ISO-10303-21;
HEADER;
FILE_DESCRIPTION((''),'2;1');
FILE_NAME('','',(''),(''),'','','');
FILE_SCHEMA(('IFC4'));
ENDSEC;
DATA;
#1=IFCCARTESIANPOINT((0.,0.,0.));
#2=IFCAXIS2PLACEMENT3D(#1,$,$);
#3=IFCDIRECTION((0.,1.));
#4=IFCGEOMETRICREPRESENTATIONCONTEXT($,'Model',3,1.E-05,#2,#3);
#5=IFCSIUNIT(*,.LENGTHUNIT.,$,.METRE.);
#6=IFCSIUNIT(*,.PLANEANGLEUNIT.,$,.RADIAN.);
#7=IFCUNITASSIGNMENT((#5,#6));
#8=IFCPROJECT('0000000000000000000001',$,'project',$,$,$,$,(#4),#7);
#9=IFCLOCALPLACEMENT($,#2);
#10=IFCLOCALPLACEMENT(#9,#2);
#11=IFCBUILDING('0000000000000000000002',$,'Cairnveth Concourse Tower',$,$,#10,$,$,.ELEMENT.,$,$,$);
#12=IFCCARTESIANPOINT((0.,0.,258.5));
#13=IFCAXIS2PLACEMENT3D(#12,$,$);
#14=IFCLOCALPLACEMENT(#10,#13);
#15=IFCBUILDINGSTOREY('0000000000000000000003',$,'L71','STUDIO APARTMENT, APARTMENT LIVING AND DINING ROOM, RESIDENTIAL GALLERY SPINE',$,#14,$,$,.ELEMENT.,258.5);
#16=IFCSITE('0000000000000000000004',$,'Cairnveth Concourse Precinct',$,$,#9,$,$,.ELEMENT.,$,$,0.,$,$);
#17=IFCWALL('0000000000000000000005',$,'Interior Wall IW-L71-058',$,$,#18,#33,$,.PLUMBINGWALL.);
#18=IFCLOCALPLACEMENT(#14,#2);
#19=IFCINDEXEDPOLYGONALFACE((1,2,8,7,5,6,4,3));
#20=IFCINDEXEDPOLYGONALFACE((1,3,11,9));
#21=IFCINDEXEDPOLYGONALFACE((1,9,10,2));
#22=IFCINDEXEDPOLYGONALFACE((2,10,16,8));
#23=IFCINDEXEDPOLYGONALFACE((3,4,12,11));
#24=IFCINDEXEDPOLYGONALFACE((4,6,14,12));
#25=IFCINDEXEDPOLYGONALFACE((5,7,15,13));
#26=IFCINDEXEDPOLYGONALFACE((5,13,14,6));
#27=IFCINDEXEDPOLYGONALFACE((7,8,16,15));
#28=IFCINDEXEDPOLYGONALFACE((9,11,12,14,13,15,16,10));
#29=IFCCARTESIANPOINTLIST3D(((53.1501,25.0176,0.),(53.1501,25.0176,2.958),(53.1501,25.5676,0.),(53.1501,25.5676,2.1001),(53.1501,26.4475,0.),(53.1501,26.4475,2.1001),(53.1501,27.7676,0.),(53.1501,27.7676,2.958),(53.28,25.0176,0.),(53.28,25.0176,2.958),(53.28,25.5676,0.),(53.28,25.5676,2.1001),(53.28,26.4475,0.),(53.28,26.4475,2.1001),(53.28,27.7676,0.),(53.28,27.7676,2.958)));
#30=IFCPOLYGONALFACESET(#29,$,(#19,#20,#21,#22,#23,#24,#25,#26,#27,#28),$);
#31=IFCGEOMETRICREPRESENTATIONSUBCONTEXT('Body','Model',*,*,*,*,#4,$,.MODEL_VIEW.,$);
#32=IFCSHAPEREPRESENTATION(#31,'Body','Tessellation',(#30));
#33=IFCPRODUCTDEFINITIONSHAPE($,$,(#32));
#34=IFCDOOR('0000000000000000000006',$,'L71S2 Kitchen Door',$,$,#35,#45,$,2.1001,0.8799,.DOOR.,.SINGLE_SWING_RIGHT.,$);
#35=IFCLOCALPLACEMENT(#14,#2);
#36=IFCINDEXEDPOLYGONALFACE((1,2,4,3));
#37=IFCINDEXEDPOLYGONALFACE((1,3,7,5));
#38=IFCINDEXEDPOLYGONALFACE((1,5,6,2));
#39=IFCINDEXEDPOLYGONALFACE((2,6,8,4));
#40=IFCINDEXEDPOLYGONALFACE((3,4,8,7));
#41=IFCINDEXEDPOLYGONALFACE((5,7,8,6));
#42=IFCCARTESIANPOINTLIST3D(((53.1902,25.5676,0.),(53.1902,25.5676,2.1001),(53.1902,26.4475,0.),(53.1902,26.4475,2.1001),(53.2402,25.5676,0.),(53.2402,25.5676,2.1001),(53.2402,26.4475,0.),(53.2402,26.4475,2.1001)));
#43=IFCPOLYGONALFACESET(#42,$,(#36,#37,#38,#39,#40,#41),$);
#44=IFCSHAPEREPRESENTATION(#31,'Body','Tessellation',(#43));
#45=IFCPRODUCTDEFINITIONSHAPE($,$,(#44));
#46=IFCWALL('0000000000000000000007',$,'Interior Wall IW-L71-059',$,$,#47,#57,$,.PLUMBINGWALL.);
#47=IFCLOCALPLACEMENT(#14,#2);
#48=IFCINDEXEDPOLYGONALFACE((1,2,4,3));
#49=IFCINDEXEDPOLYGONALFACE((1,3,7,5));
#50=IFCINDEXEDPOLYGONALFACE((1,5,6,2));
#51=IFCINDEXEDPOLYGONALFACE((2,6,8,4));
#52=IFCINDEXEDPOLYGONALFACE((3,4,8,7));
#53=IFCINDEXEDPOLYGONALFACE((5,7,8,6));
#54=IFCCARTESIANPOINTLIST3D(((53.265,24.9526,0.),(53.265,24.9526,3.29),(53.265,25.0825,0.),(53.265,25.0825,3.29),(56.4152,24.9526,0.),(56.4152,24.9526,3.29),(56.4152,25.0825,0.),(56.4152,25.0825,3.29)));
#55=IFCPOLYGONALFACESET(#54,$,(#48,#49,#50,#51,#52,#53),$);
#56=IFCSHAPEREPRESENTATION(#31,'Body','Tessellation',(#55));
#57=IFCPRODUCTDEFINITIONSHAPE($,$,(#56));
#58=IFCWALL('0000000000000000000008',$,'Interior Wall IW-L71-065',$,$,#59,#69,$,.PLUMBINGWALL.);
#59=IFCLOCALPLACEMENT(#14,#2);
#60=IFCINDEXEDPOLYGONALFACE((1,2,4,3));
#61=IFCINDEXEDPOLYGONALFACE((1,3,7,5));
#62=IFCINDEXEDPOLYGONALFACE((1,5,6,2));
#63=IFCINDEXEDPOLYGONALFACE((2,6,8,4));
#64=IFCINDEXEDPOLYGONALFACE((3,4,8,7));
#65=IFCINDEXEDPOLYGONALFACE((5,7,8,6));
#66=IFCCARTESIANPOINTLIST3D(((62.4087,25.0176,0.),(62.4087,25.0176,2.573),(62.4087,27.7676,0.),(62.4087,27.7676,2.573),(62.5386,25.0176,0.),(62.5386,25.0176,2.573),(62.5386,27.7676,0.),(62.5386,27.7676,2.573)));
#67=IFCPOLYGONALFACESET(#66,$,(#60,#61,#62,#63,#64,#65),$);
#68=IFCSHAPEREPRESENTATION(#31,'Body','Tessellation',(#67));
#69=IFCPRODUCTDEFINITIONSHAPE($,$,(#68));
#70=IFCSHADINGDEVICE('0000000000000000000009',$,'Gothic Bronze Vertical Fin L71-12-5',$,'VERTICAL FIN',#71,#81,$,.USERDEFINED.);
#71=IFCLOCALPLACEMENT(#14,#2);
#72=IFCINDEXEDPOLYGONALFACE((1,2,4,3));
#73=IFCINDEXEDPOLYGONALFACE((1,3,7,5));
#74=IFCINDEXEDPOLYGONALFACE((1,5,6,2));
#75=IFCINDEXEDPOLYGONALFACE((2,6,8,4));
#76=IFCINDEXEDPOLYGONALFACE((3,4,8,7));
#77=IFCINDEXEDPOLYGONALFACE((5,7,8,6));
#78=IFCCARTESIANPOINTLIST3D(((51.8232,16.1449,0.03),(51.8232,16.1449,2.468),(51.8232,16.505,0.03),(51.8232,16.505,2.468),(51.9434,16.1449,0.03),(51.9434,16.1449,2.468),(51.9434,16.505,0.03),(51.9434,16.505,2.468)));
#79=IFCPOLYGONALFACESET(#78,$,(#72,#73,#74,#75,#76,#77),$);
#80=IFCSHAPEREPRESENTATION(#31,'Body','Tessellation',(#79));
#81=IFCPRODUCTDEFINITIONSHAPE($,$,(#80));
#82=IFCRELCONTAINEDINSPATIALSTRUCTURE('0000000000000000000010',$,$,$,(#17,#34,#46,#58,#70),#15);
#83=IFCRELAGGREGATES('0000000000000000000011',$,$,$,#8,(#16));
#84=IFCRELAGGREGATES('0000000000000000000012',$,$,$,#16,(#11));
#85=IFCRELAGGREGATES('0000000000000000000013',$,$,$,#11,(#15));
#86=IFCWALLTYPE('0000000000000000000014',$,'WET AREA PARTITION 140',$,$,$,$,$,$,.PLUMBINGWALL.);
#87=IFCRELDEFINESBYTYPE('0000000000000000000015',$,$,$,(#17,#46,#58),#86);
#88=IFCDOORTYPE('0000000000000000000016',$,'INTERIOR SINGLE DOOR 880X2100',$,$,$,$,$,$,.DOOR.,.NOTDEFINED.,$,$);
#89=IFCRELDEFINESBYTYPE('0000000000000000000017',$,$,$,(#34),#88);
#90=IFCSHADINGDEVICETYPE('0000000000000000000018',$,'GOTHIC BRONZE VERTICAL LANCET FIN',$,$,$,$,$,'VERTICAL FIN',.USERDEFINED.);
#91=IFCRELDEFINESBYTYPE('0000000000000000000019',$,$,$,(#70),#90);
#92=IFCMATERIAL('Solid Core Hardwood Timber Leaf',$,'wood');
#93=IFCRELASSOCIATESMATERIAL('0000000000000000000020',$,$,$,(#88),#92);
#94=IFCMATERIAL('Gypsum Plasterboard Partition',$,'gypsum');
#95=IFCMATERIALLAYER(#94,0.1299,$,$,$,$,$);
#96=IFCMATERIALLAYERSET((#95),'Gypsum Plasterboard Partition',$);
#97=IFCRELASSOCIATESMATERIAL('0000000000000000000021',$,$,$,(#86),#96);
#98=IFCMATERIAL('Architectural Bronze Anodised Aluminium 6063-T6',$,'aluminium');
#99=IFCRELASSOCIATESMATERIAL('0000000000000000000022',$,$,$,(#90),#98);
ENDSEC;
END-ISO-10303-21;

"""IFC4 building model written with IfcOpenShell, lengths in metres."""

from ifc_helpers import new_model, si_unit, direction, frame, frame_2d, origin, origin_2d, place, context, subcontext, project, spatial, rectangle, extrude, material, layer, layer_set, type_object, element, fill, save


model = new_model("IFC4")

# Units and contexts
model_context = context("Model", 3, precision=1e-05, world=origin(), true_north=direction((0.0, 1.0)))
body_context = subcontext(model_context, "Body", "Model", "MODEL_VIEW")
ifc_project = project(units=[si_unit("LENGTHUNIT", "METRE"), si_unit("PLANEANGLEUNIT", "RADIAN")], contexts=[model_context])

# Site, building, storey
site_placement = place(None, origin())
site = spatial("IfcSite", under=ifc_project, at=site_placement, Name="Cairnveth Concourse Precinct", CompositionType="ELEMENT", RefElevation=0.0)
building_placement = place(site_placement, origin())
building = spatial("IfcBuilding", under=site, at=building_placement, Name="Cairnveth Concourse Tower", CompositionType="ELEMENT")
storey_placement = place(building_placement, frame((0.0, 0.0, 258.5)))
storey = spatial("IfcBuildingStorey", under=building, at=storey_placement, Name="L71", Description="STUDIO APARTMENT, APARTMENT LIVING AND DINING ROOM, RESIDENTIAL GALLERY SPINE", CompositionType="ELEMENT", Elevation=258.5)

# Shared definitions
ifc_material_1 = material(Name="Gypsum Plasterboard Partition", Category="gypsum")

# Shared definitions
ifc_material_2 = material(Name="Solid Core Hardwood Timber Leaf", Category="wood")
door_type_1 = type_object("IfcDoorType", Name="INTERIOR SINGLE DOOR 880X2100", OperationType="NOTDEFINED", PredefinedType="DOOR", material=ifc_material_2)

# Shared definitions
ifc_layer_1 = layer(ifc_material_1, 0.1299)
ifc_layer_set_1 = layer_set([ifc_layer_1], Name="Gypsum Plasterboard Partition")
wall_type_1 = type_object("IfcWallType", Name="WET AREA PARTITION 140", PredefinedType="PLUMBINGWALL", material=ifc_layer_set_1)

# Wall, opening, door
wall_1_placement = place(storey_placement, frame((53.2151, 25.0176, 0.0), z_axis=(0.0, 0.0, 1.0), x_axis=(0.0, 1.0, 0.0)))
wall_1 = element("IfcWall", 1, at=wall_1_placement, inside=storey, type_object=wall_type_1, Name="Interior Wall IW-L71-058", PredefinedType="PLUMBINGWALL", context=body_context, shape_type="SweptSolid", body=[
    extrude(rectangle(XDim=2.75, YDim=0.1299, at=frame_2d((1.375, 0.0))), origin(), (0.0, 0.0, 1.0), 2.958),
])
opening_1_placement = place(wall_1_placement, frame((0.55, 0.0, 0.0)))
opening_1 = element("IfcOpeningElement", 2, at=opening_1_placement, cuts=wall_1, PredefinedType="OPENING", context=body_context, shape_type="SweptSolid", body=[
    extrude(rectangle(XDim=0.8799, YDim=2.1001, at=frame_2d((0.4399, 1.05))), frame((0.0, 0.075, 0.0), z_axis=(0.0, -1.0, 0.0), x_axis=(1.0, 0.0, 0.0)), (0.0, 0.0, 1.0), 0.1499),
])
door_1_placement = place(opening_1_placement, origin())
door_1 = element("IfcDoor", 3, at=door_1_placement, inside=storey, type_object=door_type_1, Name="L71S2 Kitchen Door", OperationType="SINGLE_SWING_RIGHT", OverallHeight=2.1001, OverallWidth=0.8799, PredefinedType="DOOR", context=body_context, shape_type="SweptSolid", body=[
    extrude(rectangle(XDim=0.8799, YDim=2.1001, at=frame_2d((0.4399, 1.05))), frame((0.0, 0.0249, 0.0), z_axis=(0.0, -1.0, 0.0), x_axis=(1.0, 0.0, 0.0)), (0.0, 0.0, 1.0), 0.05),
])
fill(opening_1, door_1)

# Walls
wall_2_placement = place(storey_placement, frame((53.2649, 25.0176, 0.0), z_axis=(0.0, 0.0, 1.0), x_axis=(1.0, 0.0, 0.0)))
element("IfcWall", 4, at=wall_2_placement, inside=storey, type_object=wall_type_1, Name="Interior Wall IW-L71-059", PredefinedType="PLUMBINGWALL", context=body_context, shape_type="SweptSolid", body=[
    extrude(rectangle(XDim=3.1501, YDim=0.1299, at=frame_2d((1.5752, 0.0))), origin(), (0.0, 0.0, 1.0), 3.29),
])
wall_3_placement = place(storey_placement, frame((62.4736, 25.0176, 0.0), z_axis=(0.0, 0.0, 1.0), x_axis=(0.0, 1.0, 0.0)))
element("IfcWall", 5, at=wall_3_placement, inside=storey, type_object=wall_type_1, Name="Interior Wall IW-L71-065", PredefinedType="PLUMBINGWALL", context=body_context, shape_type="SweptSolid", body=[
    extrude(rectangle(XDim=2.75, YDim=0.1299, at=frame_2d((1.375, 0.0))), origin(), (0.0, 0.0, 1.0), 2.573),
])

# Shading device
ifc_material_3 = material(Name="Architectural Bronze Anodised Aluminium 6063-T6", Category="aluminium")
shading_device_type = type_object("IfcShadingDeviceType", Name="GOTHIC BRONZE VERTICAL LANCET FIN", ElementType="VERTICAL FIN", PredefinedType="USERDEFINED", material=ifc_material_3)
shading_device_placement = place(storey_placement, frame((51.8833, 16.325, 0.03), z_axis=(0.0, 0.0, 1.0), x_axis=(1.0, 0.0, 0.0)))
element("IfcShadingDevice", 6, at=shading_device_placement, inside=storey, type_object=shading_device_type, Name="Gothic Bronze Vertical Fin L71-12-5", ObjectType="VERTICAL FIN", PredefinedType="USERDEFINED", context=body_context, shape_type="SweptSolid", body=[
    extrude(rectangle(XDim=0.1201, YDim=0.3601, at=origin_2d()), origin(), (0.0, 0.0, 1.0), 2.438),
])

save(model, "model.ifc")
